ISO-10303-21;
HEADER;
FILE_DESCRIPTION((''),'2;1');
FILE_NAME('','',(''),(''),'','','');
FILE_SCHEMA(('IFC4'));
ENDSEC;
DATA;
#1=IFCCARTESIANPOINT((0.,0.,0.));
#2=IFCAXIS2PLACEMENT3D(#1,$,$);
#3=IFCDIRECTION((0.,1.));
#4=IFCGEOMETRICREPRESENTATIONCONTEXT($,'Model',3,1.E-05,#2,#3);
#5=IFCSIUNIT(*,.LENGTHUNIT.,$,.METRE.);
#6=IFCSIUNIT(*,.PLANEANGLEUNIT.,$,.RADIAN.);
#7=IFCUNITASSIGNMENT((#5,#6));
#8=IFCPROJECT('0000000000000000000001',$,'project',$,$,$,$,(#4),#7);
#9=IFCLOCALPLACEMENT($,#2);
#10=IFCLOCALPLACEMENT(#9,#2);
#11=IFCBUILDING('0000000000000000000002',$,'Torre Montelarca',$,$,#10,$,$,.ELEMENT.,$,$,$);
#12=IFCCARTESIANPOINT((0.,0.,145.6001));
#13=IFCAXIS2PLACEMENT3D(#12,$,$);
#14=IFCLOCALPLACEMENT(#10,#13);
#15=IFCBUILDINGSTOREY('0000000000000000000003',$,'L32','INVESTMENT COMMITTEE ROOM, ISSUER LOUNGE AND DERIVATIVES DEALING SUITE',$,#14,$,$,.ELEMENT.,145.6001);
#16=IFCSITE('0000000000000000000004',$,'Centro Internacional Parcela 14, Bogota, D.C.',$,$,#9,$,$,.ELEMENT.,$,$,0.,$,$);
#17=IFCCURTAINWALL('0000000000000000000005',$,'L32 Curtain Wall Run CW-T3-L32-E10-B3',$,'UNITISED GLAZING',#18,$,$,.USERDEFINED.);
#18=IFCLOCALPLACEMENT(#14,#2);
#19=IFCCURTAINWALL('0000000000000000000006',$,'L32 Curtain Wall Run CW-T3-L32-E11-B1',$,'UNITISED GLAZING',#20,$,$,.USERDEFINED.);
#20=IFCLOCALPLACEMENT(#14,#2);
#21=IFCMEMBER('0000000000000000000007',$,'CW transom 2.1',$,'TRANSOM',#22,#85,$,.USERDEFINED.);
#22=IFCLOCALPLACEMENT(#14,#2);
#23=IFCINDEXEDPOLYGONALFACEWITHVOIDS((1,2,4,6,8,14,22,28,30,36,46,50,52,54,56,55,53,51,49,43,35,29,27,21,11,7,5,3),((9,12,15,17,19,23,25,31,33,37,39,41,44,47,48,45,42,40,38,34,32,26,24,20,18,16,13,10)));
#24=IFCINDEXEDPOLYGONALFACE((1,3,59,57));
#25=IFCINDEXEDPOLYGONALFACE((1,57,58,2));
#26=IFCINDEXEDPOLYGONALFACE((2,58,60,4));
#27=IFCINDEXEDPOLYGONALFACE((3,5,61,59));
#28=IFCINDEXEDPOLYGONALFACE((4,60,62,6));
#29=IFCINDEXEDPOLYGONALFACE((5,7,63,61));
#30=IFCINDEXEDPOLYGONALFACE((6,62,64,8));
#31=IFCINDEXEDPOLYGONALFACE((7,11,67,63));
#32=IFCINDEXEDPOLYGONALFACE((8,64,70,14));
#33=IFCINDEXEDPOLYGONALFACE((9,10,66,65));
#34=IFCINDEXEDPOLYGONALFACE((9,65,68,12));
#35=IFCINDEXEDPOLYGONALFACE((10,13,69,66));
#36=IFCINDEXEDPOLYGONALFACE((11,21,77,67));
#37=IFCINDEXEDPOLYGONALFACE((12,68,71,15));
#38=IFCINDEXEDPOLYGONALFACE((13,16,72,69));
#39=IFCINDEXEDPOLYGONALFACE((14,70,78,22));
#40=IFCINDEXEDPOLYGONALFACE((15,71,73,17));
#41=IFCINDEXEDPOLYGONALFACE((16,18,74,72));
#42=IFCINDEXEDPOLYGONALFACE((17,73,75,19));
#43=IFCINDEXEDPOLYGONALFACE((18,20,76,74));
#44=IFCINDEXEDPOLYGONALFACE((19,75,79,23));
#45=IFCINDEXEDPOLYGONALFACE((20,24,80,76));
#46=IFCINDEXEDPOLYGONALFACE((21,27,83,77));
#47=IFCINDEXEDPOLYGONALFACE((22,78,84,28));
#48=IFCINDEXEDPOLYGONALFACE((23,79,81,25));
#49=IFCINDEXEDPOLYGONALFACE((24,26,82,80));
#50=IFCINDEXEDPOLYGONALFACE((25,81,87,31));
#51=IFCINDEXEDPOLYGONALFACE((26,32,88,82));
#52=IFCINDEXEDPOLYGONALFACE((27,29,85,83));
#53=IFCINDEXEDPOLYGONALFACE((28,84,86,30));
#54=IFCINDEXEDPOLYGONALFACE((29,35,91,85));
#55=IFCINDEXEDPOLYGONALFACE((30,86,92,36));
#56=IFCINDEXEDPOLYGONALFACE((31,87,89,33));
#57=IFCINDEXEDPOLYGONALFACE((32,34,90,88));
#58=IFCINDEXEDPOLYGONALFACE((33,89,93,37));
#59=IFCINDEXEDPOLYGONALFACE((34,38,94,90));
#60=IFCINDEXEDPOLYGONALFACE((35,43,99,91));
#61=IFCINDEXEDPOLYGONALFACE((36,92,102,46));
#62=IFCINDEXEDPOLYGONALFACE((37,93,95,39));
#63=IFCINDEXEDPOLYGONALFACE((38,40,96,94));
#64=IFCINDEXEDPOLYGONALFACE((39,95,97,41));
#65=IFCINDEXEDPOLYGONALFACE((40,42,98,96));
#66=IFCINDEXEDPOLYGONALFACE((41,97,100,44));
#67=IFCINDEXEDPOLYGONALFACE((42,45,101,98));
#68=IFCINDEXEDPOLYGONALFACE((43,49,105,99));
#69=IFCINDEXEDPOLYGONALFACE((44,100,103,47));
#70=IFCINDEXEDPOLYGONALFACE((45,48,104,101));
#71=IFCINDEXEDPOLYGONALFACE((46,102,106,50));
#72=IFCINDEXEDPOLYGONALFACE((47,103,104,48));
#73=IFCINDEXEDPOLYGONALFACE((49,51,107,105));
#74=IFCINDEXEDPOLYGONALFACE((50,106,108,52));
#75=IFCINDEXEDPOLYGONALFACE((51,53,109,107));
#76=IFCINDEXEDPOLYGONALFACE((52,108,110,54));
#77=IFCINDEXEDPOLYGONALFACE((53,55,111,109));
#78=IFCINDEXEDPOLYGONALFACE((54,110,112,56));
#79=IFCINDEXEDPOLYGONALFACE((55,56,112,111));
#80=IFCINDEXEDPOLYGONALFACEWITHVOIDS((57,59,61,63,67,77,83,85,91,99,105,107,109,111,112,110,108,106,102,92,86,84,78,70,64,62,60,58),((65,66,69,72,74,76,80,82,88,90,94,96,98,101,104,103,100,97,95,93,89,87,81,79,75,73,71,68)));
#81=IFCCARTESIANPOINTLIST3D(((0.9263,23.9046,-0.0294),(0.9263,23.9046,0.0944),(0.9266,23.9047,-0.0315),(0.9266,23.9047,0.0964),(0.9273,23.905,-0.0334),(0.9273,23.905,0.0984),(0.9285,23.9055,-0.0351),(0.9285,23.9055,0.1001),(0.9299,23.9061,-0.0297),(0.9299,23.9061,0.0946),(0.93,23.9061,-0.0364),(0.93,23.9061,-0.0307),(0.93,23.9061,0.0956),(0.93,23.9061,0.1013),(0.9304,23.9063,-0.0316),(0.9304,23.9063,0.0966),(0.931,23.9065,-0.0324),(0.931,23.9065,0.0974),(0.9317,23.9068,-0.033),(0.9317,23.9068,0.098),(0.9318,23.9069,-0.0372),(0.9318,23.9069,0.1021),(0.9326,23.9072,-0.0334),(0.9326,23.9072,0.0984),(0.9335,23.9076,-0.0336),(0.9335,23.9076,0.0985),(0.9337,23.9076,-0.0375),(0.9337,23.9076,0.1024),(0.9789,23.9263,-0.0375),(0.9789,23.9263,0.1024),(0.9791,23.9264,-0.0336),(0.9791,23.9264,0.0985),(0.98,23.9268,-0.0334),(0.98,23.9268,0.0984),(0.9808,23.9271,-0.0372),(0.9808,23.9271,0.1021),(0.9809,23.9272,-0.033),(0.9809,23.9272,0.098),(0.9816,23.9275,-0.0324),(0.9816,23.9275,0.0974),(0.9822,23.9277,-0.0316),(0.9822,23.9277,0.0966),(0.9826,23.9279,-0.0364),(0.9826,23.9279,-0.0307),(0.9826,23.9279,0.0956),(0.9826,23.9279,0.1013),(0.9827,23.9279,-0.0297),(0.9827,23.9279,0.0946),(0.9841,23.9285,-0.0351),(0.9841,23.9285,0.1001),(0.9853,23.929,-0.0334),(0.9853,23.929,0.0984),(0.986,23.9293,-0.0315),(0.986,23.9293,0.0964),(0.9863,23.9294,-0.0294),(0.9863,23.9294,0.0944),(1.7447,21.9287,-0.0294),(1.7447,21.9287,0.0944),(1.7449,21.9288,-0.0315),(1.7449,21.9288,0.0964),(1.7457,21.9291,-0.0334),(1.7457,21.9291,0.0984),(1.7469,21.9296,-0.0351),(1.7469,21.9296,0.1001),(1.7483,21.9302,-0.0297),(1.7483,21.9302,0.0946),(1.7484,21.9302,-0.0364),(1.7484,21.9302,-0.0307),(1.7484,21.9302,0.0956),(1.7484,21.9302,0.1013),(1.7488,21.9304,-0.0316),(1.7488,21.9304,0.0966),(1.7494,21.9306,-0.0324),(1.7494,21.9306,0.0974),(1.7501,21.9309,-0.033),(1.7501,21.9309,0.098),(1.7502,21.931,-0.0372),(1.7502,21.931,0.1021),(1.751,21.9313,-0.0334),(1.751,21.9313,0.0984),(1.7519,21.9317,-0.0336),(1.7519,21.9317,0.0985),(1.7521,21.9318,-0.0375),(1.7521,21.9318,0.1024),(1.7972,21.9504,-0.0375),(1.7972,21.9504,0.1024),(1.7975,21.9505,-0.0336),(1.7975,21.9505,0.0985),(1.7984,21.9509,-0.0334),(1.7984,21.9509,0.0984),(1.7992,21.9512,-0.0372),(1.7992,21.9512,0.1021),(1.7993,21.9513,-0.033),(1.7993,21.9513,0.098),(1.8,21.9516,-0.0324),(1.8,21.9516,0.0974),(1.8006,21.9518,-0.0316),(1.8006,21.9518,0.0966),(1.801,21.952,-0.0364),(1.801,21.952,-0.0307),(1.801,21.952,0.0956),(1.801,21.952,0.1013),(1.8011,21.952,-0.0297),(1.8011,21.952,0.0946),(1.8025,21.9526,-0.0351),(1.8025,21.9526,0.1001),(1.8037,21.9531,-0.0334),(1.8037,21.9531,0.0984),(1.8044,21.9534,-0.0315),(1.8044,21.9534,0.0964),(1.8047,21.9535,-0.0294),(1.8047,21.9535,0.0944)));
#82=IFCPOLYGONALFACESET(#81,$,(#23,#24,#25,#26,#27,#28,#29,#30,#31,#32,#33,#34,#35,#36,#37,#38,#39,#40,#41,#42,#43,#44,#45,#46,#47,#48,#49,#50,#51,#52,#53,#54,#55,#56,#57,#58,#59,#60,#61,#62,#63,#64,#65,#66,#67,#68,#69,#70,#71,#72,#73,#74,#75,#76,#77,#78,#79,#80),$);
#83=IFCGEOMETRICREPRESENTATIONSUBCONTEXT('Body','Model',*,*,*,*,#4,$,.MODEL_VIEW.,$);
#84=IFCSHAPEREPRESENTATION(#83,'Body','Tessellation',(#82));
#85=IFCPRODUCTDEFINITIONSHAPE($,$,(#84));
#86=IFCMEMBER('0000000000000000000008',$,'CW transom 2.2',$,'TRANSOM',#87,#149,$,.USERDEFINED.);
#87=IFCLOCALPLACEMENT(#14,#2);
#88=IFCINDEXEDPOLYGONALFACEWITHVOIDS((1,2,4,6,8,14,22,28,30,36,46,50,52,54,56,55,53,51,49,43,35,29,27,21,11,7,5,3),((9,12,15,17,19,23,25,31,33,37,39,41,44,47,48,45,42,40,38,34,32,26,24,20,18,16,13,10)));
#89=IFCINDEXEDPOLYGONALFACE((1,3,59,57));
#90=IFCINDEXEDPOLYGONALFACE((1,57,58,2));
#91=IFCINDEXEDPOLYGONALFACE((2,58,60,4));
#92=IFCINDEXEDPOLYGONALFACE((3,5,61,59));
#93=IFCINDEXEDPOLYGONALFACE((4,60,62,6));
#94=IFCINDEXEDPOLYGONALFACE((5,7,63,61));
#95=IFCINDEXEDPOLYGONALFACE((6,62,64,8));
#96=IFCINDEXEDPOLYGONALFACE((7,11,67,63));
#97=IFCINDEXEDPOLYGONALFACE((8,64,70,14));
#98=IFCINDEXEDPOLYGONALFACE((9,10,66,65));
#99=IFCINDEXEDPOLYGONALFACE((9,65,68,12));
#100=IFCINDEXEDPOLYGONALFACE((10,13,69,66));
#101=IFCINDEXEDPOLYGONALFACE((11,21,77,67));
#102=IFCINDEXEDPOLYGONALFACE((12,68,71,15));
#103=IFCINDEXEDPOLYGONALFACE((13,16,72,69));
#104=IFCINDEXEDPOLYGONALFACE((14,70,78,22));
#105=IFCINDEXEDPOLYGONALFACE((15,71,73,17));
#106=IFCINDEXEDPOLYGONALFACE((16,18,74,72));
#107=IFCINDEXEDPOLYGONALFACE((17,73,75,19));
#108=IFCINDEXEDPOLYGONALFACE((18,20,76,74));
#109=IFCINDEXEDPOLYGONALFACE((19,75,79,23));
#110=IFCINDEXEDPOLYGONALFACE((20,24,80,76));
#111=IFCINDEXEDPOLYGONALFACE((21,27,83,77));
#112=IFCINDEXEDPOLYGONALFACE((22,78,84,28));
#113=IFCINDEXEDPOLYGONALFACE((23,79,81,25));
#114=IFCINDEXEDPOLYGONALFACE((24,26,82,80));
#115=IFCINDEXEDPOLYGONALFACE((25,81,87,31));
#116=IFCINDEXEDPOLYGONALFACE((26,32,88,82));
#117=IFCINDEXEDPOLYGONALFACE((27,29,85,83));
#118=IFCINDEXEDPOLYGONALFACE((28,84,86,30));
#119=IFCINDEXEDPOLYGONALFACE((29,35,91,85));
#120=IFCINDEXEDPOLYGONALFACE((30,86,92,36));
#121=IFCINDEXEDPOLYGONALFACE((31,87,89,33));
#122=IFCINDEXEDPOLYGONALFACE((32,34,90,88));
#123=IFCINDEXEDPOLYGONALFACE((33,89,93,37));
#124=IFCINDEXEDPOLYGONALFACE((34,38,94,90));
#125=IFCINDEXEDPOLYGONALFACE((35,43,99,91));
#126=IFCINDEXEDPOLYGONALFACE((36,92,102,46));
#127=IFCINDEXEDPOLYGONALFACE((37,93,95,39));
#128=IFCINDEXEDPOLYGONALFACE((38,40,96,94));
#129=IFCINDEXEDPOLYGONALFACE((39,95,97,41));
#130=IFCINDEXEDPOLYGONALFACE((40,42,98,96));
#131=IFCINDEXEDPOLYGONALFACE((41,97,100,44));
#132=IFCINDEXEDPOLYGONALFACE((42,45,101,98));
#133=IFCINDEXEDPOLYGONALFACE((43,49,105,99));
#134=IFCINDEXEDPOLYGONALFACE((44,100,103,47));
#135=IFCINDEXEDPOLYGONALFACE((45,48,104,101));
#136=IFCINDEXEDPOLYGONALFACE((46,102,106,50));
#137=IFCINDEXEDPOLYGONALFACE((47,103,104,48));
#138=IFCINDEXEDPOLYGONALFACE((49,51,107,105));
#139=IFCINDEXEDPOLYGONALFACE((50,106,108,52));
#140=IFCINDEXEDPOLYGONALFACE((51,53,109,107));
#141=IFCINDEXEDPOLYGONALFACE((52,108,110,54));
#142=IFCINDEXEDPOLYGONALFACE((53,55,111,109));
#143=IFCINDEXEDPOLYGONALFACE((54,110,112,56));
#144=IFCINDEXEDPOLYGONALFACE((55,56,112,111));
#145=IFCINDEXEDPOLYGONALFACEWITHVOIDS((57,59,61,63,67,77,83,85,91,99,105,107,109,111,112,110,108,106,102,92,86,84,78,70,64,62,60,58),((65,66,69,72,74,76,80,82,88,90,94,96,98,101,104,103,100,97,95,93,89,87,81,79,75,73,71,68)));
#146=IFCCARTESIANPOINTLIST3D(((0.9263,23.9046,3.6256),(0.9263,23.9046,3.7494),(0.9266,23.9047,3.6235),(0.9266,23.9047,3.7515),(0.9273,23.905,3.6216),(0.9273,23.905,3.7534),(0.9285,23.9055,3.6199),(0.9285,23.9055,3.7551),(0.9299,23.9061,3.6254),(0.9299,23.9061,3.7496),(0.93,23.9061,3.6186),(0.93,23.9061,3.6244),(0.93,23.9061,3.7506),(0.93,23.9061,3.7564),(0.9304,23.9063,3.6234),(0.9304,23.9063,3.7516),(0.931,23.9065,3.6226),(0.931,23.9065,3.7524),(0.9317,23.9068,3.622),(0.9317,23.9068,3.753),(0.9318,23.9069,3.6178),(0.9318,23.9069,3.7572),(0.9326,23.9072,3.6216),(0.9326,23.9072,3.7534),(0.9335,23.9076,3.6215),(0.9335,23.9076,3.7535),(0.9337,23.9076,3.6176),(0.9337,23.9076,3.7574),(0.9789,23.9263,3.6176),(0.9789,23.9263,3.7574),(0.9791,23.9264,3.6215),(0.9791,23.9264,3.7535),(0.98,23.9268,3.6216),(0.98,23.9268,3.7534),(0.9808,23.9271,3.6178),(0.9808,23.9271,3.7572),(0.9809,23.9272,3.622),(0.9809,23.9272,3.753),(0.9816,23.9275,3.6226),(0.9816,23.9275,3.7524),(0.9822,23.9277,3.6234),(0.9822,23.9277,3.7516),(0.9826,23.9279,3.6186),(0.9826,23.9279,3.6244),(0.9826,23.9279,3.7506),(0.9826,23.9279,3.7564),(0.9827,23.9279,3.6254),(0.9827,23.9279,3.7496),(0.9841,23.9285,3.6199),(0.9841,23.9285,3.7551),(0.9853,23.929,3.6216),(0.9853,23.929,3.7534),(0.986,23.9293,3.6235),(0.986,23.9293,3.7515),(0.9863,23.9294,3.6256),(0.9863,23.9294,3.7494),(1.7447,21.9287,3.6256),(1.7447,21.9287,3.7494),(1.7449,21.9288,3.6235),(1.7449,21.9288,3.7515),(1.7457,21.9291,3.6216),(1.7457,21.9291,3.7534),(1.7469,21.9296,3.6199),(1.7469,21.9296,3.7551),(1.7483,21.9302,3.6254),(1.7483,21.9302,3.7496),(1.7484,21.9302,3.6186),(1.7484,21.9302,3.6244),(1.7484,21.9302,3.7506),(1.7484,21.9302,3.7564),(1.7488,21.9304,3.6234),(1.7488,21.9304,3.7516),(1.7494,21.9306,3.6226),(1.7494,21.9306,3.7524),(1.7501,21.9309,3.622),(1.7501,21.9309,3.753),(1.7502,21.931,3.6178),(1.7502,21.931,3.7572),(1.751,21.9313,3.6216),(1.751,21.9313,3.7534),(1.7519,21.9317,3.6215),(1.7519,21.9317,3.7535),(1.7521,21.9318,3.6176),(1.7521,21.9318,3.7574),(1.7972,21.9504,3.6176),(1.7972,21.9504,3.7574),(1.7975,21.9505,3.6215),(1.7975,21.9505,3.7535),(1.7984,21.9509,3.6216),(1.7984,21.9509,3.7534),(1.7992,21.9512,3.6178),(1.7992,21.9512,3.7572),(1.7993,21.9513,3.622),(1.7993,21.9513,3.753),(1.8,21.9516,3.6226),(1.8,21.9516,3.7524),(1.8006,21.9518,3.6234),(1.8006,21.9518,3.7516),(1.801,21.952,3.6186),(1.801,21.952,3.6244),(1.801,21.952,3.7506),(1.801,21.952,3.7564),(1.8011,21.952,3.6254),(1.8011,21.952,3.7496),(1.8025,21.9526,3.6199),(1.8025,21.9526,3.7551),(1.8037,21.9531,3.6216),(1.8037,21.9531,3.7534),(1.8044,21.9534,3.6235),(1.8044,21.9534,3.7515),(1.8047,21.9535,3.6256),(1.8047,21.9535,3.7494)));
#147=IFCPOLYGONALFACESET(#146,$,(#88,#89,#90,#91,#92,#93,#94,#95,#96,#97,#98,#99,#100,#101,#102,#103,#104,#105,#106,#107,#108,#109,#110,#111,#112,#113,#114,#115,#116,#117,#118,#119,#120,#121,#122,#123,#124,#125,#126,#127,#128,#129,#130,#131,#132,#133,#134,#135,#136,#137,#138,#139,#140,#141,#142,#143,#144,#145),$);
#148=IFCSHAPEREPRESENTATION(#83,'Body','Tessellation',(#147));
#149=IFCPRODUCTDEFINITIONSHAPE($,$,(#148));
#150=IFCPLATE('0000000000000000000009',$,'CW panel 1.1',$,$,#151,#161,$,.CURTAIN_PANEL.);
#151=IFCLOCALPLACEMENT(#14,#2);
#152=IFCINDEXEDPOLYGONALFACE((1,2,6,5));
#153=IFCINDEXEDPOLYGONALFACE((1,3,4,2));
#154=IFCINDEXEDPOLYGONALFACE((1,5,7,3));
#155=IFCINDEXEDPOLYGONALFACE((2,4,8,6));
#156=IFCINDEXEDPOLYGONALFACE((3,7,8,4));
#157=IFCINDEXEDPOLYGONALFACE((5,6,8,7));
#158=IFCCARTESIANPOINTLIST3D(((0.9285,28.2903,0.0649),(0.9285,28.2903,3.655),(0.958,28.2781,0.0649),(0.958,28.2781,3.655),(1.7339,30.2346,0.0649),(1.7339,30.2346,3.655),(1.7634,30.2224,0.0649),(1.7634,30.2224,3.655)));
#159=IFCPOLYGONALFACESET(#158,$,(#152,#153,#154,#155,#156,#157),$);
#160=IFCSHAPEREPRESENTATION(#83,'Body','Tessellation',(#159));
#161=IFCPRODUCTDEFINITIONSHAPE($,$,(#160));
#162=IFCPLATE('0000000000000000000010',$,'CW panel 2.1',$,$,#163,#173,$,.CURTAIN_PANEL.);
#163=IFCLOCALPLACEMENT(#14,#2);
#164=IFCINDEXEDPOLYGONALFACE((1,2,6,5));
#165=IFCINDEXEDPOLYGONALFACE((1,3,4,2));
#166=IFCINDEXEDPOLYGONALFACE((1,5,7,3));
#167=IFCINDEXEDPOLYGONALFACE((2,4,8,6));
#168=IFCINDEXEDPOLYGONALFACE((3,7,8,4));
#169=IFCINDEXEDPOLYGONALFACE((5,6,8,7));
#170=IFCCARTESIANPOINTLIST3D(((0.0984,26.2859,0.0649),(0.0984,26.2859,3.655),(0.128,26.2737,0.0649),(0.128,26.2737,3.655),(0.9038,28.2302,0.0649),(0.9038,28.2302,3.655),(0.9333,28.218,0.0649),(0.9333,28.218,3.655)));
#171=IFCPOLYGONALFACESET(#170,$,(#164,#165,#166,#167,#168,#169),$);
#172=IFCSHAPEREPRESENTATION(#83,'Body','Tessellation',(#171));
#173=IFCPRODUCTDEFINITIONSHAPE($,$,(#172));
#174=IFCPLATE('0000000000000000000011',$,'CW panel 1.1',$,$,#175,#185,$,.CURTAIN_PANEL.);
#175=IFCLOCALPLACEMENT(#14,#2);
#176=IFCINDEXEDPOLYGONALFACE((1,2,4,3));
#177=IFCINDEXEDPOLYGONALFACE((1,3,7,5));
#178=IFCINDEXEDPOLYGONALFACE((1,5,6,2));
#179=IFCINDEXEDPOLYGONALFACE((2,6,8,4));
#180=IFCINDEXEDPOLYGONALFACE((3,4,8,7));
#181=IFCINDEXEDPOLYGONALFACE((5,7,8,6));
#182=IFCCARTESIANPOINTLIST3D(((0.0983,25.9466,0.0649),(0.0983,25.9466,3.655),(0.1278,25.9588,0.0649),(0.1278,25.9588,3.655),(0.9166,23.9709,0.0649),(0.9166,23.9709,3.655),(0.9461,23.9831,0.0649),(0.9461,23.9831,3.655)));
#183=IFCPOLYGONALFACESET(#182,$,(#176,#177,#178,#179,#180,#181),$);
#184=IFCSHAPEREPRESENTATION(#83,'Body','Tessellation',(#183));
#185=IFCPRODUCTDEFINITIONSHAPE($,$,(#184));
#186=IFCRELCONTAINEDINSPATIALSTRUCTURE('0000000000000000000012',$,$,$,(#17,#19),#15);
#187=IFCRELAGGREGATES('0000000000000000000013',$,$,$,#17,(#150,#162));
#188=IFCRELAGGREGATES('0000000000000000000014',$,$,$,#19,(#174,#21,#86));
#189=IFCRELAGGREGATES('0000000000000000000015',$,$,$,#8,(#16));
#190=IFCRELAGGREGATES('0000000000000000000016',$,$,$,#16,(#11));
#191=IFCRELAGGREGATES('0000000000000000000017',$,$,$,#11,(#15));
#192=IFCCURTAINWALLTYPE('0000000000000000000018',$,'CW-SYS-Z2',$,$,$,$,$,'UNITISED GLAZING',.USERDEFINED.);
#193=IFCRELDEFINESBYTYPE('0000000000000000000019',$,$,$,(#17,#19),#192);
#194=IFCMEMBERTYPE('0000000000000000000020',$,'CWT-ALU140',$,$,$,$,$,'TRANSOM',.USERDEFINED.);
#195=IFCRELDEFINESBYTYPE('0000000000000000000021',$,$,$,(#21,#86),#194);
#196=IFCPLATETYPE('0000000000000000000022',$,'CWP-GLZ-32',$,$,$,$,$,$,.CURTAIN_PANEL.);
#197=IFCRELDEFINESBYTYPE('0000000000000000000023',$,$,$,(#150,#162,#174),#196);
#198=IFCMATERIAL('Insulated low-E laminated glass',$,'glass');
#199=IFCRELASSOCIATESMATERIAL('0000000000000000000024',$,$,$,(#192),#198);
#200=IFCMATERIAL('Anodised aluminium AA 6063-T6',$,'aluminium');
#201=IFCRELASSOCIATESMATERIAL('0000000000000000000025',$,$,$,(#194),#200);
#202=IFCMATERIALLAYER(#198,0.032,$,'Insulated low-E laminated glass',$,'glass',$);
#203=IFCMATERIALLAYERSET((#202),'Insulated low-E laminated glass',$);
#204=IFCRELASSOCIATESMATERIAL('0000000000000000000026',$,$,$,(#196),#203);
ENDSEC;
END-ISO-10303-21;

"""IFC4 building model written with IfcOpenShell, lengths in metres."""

from ifc_helpers import new_model, si_unit, direction, frame, origin, origin_2d, place, context, subcontext, project, spatial, rectangle, hollow_rectangle, extrude, source, transform, mapped, material, layer, layer_set, material_profile, profile_set, type_object, element, aggregate, save


model = new_model("IFC4")

# Units and contexts
model_context = context("Model", 3, precision=1e-05, world=origin(), true_north=direction((0.0, 1.0)))
body_context = subcontext(model_context, "Body", "Model", "MODEL_VIEW")
ifc_project = project(units=[si_unit("LENGTHUNIT", "METRE"), si_unit("PLANEANGLEUNIT", "RADIAN")], contexts=[model_context])

# Site, building, storey
site_placement = place(None, origin())
site = spatial("IfcSite", under=ifc_project, at=site_placement, Name="Centro Internacional Parcela 14, Bogota, D.C.", CompositionType="ELEMENT", RefElevation=0.0)
building_placement = place(site_placement, origin())
building = spatial("IfcBuilding", under=site, at=building_placement, Name="Torre Montelarca", CompositionType="ELEMENT")
storey_placement = place(building_placement, frame((0.0, 0.0, 145.6001)))
storey = spatial("IfcBuildingStorey", under=building, at=storey_placement, Name="L32", Description="INVESTMENT COMMITTEE ROOM, ISSUER LOUNGE AND DERIVATIVES DEALING SUITE", CompositionType="ELEMENT", Elevation=145.6001)

# Curtain walls
ifc_material_1 = material(Name="Insulated low-E laminated glass", Category="glass")
curtain_wall_type = type_object("IfcCurtainWallType", Name="CW-SYS-Z2", ElementType="UNITISED GLAZING", PredefinedType="USERDEFINED", material=ifc_material_1)
curtain_wall_1_placement = place(storey_placement, origin())
curtain_wall_1 = element("IfcCurtainWall", 1, at=curtain_wall_1_placement, inside=storey, type_object=curtain_wall_type, Name="L32 Curtain Wall Run CW-T3-L32-E10-B3", ObjectType="UNITISED GLAZING", PredefinedType="USERDEFINED")
ifc_material_2 = material(Name="Anodised aluminium AA 6063-T6", Category="aluminium")
curtain_wall_2_placement = place(storey_placement, origin())
curtain_wall_2 = element("IfcCurtainWall", 2, at=curtain_wall_2_placement, inside=storey, type_object=curtain_wall_type, Name="L32 Curtain Wall Run CW-T3-L32-E11-B1", ObjectType="UNITISED GLAZING", PredefinedType="USERDEFINED")

# Members
ifc_material_profile_1 = material_profile(ifc_material_2, hollow_rectangle(XDim=0.0649, YDim=0.1399, WallThickness=0.0039, InnerFilletRadius=0.0039, OuterFilletRadius=0.0081, at=origin_2d()), Name="ALU65X140X4", Category="aluminium")
ifc_profile_set_1 = profile_set([ifc_material_profile_1], Name="Anodised aluminium AA 6063-T6")
member_type_1 = type_object("IfcMemberType", Name="CWT-ALU140", ElementType="TRANSOM", PredefinedType="USERDEFINED", material=ifc_profile_set_1)
shared_shape_1 = source(origin(), body_context, "Body", "SweptSolid", [
    extrude(hollow_rectangle(XDim=0.0649, YDim=0.1399, WallThickness=0.0039, InnerFilletRadius=0.0039, OuterFilletRadius=0.0081, at=origin_2d()), origin(), (0.0, 0.0, 1.0), 2.1387),
])
member_1_placement = place(storey_placement, frame((0.9563, 23.917, 0.0325), z_axis=(0.382661, -0.923889, 0.0), x_axis=(0.923889, 0.382661, 0.0)))
member_1 = element("IfcMember", 3, at=member_1_placement, type_object=member_type_1, Name="CW transom 2.1", ObjectType="TRANSOM", PredefinedType="USERDEFINED", context=body_context, shape_type="MappedRepresentation", body=[
    mapped(shared_shape_1, transform((0.0, 0.0, 0.0), scale=1.0)),
])
member_2_placement = place(storey_placement, frame((0.9563, 23.917, 3.6875), z_axis=(0.382661, -0.923889, 0.0), x_axis=(0.923889, 0.382661, 0.0)))
member_2 = element("IfcMember", 4, at=member_2_placement, type_object=member_type_1, Name="CW transom 2.2", ObjectType="TRANSOM", PredefinedType="USERDEFINED", context=body_context, shape_type="MappedRepresentation", body=[
    mapped(shared_shape_1, transform((0.0, 0.0, 0.0), scale=1.0)),
])

# Plates
ifc_layer_1 = layer(ifc_material_1, 0.032, Name="Insulated low-E laminated glass", Category="glass")
ifc_layer_set_1 = layer_set([ifc_layer_1], Name="Insulated low-E laminated glass")
plate_type = type_object("IfcPlateType", Name="CWP-GLZ-32", PredefinedType="CURTAIN_PANEL", material=ifc_layer_set_1)
shared_shape_2 = source(origin(), body_context, "Body", "SweptSolid", [
    extrude(rectangle(XDim=2.1045, YDim=0.032, at=origin_2d()), origin(), (0.0, 0.0, 1.0), 3.5901),
])
plate_1_placement = place(storey_placement, frame((1.3459, 29.2563, 0.0649), z_axis=(0.0, 0.0, 1.0), x_axis=(-0.382685, -0.923879, 0.0)))
plate_1 = element("IfcPlate", 5, at=plate_1_placement, type_object=plate_type, Name="CW panel 1.1", PredefinedType="CURTAIN_PANEL", context=body_context, shape_type="MappedRepresentation", body=[
    mapped(shared_shape_2, transform((0.0, 0.0, 0.0), scale=1.0)),
])
plate_2_placement = place(storey_placement, frame((0.5159, 27.252, 0.0649), z_axis=(0.0, 0.0, 1.0), x_axis=(-0.382685, -0.923879, 0.0)))
plate_2 = element("IfcPlate", 6, at=plate_2_placement, type_object=plate_type, Name="CW panel 2.1", PredefinedType="CURTAIN_PANEL", context=body_context, shape_type="MappedRepresentation", body=[
    mapped(shared_shape_2, transform((0.0, 0.0, 0.0), scale=1.0)),
])
aggregate(curtain_wall_1, [plate_1, plate_2])
shared_shape_3 = source(origin(), body_context, "Body", "SweptSolid", [
    extrude(rectangle(XDim=2.1384, YDim=0.032, at=origin_2d()), origin(), (0.0, 0.0, 1.0), 3.5901),
])
plate_3_placement = place(storey_placement, frame((0.5222, 24.9648, 0.0649), z_axis=(0.0, 0.0, 1.0), x_axis=(0.382671, -0.923885, 0.0)))
plate_3 = element("IfcPlate", 7, at=plate_3_placement, type_object=plate_type, Name="CW panel 1.1", PredefinedType="CURTAIN_PANEL", context=body_context, shape_type="MappedRepresentation", body=[
    mapped(shared_shape_3, transform((0.0, 0.0, 0.0), scale=1.0)),
])
aggregate(curtain_wall_2, [plate_3, member_1, member_2])

save(model, "model.ifc")
